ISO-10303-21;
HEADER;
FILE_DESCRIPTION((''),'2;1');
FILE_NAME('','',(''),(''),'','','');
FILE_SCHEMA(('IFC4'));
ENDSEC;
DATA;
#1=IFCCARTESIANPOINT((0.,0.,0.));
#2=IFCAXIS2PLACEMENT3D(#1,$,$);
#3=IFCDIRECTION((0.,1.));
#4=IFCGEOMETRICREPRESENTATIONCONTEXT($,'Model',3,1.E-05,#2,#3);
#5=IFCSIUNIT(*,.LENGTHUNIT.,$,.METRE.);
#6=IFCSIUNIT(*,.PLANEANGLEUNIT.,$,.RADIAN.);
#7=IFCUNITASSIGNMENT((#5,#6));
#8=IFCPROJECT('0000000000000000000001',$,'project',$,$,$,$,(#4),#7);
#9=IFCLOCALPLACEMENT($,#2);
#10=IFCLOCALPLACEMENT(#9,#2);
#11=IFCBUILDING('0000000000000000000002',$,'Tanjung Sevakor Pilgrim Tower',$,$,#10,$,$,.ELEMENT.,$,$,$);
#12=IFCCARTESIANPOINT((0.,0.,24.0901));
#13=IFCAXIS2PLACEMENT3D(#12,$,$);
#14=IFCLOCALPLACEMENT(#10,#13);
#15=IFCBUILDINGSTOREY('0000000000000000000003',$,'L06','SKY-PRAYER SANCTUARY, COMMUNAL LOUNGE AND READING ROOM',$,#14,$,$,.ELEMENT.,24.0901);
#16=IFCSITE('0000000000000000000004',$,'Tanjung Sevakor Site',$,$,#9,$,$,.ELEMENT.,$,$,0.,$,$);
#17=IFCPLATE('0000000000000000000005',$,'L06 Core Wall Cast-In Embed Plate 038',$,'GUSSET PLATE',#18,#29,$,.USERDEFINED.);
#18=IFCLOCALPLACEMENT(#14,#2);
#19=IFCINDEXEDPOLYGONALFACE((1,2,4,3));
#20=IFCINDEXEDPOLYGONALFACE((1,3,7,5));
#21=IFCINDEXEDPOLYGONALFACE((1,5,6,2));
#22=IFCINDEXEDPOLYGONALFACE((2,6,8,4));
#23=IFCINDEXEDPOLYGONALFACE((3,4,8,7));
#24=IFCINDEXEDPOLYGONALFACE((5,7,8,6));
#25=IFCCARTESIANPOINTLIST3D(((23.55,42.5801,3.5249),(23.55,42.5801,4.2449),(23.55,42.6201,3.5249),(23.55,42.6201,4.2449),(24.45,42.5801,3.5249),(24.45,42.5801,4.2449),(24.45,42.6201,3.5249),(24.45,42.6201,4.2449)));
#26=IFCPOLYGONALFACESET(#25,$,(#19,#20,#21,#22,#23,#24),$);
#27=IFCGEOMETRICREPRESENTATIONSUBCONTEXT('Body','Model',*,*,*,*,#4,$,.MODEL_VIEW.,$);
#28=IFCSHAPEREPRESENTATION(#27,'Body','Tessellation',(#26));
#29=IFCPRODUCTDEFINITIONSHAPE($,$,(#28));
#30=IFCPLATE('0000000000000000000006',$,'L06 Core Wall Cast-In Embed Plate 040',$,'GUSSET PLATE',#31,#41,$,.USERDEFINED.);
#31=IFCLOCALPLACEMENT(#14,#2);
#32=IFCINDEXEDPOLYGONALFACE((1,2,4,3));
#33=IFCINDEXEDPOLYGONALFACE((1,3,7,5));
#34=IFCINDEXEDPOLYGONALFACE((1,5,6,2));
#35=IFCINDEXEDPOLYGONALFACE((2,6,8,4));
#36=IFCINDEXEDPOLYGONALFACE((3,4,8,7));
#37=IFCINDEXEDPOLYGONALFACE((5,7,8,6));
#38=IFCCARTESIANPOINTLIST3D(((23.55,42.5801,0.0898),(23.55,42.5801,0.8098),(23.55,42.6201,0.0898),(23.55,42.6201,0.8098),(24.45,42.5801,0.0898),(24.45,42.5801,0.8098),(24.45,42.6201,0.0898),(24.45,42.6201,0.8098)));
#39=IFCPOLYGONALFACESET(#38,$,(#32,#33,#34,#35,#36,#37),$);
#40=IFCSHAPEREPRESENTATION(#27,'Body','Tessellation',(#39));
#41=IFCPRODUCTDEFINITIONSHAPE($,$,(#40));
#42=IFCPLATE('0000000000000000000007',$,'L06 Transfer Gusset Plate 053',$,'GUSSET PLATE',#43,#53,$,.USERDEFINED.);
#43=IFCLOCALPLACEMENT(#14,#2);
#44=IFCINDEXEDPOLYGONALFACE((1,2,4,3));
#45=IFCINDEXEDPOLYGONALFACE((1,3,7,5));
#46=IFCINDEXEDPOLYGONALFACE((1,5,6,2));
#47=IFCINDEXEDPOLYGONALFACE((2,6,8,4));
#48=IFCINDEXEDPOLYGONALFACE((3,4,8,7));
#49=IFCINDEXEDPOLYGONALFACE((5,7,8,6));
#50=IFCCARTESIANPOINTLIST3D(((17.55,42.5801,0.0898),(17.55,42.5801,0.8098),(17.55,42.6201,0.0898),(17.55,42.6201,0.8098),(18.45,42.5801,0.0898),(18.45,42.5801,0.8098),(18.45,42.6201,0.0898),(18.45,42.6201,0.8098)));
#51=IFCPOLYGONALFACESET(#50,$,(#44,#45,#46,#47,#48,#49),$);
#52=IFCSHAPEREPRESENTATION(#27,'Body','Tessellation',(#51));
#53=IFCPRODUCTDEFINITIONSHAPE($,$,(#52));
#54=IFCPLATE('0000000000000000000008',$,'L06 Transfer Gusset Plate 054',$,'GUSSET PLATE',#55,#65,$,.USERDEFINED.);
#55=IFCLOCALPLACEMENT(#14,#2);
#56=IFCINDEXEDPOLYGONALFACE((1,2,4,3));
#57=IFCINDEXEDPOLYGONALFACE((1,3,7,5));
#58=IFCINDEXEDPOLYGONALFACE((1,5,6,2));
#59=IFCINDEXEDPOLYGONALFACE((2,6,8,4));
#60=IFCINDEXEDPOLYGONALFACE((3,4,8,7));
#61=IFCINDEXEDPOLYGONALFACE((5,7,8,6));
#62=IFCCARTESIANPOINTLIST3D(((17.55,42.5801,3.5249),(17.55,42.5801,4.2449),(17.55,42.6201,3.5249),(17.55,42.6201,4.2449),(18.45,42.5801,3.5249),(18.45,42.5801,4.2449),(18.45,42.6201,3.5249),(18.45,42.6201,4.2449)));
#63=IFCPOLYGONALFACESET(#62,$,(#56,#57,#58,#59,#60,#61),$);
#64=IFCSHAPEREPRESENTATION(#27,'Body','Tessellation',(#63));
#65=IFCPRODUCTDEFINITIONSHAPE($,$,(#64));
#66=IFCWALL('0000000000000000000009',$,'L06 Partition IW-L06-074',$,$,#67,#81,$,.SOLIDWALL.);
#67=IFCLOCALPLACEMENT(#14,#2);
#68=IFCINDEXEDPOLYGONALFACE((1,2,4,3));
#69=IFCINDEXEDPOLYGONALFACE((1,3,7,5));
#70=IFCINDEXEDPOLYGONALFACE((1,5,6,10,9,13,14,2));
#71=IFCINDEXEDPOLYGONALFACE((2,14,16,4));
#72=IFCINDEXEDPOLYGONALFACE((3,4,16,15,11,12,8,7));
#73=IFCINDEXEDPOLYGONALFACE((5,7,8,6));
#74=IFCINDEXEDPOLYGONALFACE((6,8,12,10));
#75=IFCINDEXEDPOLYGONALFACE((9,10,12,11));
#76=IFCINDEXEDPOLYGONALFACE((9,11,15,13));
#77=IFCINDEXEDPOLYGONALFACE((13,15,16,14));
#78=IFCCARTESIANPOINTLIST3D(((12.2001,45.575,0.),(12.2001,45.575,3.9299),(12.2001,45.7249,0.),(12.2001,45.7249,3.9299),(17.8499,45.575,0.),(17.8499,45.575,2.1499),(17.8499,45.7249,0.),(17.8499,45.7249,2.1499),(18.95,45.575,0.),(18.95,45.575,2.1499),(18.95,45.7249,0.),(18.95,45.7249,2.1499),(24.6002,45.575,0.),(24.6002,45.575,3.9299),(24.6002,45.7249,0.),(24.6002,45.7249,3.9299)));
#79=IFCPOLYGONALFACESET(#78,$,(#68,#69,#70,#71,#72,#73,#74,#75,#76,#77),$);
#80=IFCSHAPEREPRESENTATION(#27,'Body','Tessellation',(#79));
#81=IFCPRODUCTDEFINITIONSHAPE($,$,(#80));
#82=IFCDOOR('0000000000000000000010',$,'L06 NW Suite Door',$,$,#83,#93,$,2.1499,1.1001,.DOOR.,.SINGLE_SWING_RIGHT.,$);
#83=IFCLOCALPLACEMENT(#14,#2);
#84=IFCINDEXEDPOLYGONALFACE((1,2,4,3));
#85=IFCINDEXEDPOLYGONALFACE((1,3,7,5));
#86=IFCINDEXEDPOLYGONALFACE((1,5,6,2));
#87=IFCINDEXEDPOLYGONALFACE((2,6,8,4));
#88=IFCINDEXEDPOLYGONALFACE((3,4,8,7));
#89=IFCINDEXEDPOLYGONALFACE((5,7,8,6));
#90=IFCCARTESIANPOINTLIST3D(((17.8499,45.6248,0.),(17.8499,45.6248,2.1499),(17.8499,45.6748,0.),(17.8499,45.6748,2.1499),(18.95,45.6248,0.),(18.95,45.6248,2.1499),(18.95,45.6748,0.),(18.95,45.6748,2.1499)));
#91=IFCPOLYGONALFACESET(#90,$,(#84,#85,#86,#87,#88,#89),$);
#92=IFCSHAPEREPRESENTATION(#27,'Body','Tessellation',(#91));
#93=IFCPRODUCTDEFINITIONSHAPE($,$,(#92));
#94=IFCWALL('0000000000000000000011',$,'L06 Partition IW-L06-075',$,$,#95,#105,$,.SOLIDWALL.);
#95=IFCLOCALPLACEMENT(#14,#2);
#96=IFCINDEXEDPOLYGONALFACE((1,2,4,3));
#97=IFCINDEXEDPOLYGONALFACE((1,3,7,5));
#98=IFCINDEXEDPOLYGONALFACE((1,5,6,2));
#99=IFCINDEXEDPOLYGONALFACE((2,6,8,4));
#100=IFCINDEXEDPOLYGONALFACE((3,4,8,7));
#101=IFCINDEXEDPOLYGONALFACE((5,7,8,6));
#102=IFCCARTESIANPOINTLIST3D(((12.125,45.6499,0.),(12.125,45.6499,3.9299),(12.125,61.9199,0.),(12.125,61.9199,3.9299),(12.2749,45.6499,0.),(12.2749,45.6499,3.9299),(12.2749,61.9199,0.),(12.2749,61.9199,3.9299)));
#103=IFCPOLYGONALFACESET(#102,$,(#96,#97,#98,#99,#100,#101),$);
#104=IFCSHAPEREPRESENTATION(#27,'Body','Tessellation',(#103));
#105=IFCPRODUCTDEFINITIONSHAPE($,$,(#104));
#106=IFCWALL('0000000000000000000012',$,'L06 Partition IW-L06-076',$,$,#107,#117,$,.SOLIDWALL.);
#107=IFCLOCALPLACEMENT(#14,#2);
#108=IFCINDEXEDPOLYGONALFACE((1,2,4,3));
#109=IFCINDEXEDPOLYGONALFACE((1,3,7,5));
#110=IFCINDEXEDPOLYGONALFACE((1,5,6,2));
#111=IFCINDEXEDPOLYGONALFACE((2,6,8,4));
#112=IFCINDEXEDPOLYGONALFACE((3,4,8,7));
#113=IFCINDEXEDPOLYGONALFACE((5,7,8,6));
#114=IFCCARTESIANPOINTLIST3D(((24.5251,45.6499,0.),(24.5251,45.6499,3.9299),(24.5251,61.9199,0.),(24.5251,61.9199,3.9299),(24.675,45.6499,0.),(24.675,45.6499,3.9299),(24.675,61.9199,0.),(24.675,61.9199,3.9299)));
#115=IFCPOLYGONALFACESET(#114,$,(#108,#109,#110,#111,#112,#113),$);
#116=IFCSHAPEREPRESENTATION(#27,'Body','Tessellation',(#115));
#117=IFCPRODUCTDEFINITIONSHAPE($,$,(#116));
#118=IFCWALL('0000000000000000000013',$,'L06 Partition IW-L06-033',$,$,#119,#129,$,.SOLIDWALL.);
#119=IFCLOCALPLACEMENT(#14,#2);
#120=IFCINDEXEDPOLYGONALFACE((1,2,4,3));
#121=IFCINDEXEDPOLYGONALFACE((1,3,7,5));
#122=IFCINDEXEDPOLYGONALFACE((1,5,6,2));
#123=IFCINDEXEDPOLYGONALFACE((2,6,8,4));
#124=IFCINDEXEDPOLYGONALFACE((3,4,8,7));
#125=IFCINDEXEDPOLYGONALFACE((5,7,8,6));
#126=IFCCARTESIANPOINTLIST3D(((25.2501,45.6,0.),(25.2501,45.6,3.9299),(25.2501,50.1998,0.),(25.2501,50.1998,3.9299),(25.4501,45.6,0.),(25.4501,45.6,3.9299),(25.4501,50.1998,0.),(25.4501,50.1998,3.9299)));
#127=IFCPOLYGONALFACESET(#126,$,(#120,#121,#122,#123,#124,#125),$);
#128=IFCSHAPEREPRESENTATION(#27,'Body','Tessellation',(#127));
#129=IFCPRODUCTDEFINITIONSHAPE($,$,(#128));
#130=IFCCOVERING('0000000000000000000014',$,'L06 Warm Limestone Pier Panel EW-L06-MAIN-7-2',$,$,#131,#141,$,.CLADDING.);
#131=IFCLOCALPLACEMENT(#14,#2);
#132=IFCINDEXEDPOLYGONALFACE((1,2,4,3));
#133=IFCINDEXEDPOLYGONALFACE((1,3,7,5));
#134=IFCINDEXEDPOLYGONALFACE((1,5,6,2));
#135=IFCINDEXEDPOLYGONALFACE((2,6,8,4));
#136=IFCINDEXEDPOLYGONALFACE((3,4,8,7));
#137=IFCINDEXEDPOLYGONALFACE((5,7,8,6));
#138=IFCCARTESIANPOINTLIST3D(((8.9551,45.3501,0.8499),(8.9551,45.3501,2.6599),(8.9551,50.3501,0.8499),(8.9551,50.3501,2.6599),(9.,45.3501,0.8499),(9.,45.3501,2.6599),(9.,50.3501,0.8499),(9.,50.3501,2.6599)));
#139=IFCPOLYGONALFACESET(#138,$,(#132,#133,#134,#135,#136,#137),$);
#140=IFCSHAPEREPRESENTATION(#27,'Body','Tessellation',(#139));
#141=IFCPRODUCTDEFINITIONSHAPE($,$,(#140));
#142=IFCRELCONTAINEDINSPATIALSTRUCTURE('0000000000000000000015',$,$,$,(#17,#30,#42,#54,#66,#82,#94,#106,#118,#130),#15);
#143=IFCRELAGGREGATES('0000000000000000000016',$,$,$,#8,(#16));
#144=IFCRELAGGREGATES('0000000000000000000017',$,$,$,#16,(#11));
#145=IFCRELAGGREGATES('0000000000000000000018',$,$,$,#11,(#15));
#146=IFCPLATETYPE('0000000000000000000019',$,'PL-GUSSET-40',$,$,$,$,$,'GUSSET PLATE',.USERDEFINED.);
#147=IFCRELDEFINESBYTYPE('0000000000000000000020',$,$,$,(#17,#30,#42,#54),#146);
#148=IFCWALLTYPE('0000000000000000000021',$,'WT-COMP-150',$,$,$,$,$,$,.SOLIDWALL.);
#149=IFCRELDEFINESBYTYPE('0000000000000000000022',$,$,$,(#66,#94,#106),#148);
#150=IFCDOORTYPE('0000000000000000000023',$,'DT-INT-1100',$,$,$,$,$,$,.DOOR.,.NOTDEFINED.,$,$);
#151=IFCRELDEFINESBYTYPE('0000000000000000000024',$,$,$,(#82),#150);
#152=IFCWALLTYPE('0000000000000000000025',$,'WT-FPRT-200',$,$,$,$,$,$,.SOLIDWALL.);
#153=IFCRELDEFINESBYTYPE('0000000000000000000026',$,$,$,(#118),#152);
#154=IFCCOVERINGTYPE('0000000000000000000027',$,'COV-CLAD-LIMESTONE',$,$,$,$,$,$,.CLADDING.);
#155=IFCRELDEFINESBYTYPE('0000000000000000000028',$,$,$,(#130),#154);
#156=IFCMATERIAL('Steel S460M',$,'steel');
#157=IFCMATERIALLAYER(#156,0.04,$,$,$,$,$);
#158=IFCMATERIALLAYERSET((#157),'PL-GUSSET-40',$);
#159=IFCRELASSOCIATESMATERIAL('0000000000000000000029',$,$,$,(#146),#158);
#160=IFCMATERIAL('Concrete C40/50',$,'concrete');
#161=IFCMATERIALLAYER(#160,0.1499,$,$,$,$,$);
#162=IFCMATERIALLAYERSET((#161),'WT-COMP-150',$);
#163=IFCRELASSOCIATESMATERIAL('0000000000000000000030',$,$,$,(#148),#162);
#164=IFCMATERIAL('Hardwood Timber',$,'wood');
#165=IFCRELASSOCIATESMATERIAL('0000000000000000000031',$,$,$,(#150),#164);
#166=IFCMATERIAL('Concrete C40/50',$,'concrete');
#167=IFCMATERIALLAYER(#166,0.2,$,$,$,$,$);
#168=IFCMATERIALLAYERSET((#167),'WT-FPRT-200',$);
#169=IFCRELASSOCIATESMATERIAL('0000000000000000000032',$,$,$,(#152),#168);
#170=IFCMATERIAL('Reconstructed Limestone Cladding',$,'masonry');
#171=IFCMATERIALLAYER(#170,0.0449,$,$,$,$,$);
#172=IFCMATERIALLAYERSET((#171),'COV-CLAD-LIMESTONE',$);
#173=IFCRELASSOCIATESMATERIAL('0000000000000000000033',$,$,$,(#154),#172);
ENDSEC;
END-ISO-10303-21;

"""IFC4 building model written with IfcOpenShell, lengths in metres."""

from ifc_helpers import new_model, si_unit, direction, frame, frame_2d, origin, origin_2d, place, context, subcontext, project, spatial, rectangle, extrude, material, layer, layer_set, type_object, element, fill, save


model = new_model("IFC4")

# Units and contexts
model_context = context("Model", 3, precision=1e-05, world=origin(), true_north=direction((0.0, 1.0)))
body_context = subcontext(model_context, "Body", "Model", "MODEL_VIEW")
ifc_project = project(units=[si_unit("LENGTHUNIT", "METRE"), si_unit("PLANEANGLEUNIT", "RADIAN")], contexts=[model_context])

# Site, building, storey
site_placement = place(None, origin())
site = spatial("IfcSite", under=ifc_project, at=site_placement, Name="Tanjung Sevakor Site", CompositionType="ELEMENT", RefElevation=0.0)
building_placement = place(site_placement, origin())
building = spatial("IfcBuilding", under=site, at=building_placement, Name="Tanjung Sevakor Pilgrim Tower", CompositionType="ELEMENT")
storey_placement = place(building_placement, frame((0.0, 0.0, 24.0901)))
storey = spatial("IfcBuildingStorey", under=building, at=storey_placement, Name="L06", Description="SKY-PRAYER SANCTUARY, COMMUNAL LOUNGE AND READING ROOM", CompositionType="ELEMENT", Elevation=24.0901)

# Plates
ifc_material_1 = material(Name="Steel S460M", Category="steel")
ifc_layer_1 = layer(ifc_material_1, 0.04)
ifc_layer_set_1 = layer_set([ifc_layer_1], Name="PL-GUSSET-40")
plate_type = type_object("IfcPlateType", Name="PL-GUSSET-40", ElementType="GUSSET PLATE", PredefinedType="USERDEFINED", material=ifc_layer_set_1)
for number, where, z_axis, x_axis, name in (
    (1, (24.0, 42.6001, 3.5249), (0.0, 0.0, 1.0), (1.0, 0.0, 0.0), "L06 Core Wall Cast-In Embed Plate 038"),
    (2, (24.0, 42.6001, 0.0898), (0.0, 0.0, 1.0), (1.0, 0.0, 0.0), "L06 Core Wall Cast-In Embed Plate 040"),
    (3, (18.0, 42.6001, 0.0898), (0.0, 0.0, 1.0), (1.0, 0.0, 0.0), "L06 Transfer Gusset Plate 053"),
    (4, (18.0, 42.6001, 3.5249), (0.0, 0.0, 1.0), (1.0, 0.0, 0.0), "L06 Transfer Gusset Plate 054"),
):
    element("IfcPlate", number, at=place(storey_placement, frame(where, z_axis=z_axis, x_axis=x_axis)), inside=storey, type_object=plate_type, Name=name, ObjectType="GUSSET PLATE", PredefinedType="USERDEFINED", context=body_context, shape_type="SweptSolid", body=[
        extrude(rectangle(XDim=0.8999, YDim=0.04, at=origin_2d()), origin(), (0.0, 0.0, 1.0), 0.72),
    ])

# Wall, opening, door
ifc_material_2 = material(Name="Concrete C40/50", Category="concrete")
ifc_layer_2 = layer(ifc_material_2, 0.1499)
ifc_layer_set_2 = layer_set([ifc_layer_2], Name="WT-COMP-150")
wall_type_1 = type_object("IfcWallType", Name="WT-COMP-150", PredefinedType="SOLIDWALL", material=ifc_layer_set_2)
wall_1_placement = place(storey_placement, frame((12.2, 45.6499, 0.0), z_axis=(0.0, 0.0, 1.0), x_axis=(1.0, 0.0, 0.0)))
wall_1 = element("IfcWall", 5, at=wall_1_placement, inside=storey, type_object=wall_type_1, Name="L06 Partition IW-L06-074", PredefinedType="SOLIDWALL", context=body_context, shape_type="SweptSolid", body=[
    extrude(rectangle(XDim=12.4001, YDim=0.1499, at=frame_2d((6.2002, 0.0))), origin(), (0.0, 0.0, 1.0), 3.9299),
])
opening_placement = place(wall_1_placement, frame((5.6499, 0.0, 0.0)))
opening = element("IfcOpeningElement", 6, at=opening_placement, cuts=wall_1, PredefinedType="OPENING", context=body_context, shape_type="SweptSolid", body=[
    extrude(rectangle(XDim=1.1001, YDim=2.1499, at=frame_2d((0.55, 1.075))), frame((0.0, 0.085, 0.0), z_axis=(0.0, -1.0, 0.0), x_axis=(1.0, 0.0, 0.0)), (0.0, 0.0, 1.0), 0.1699),
])
ifc_material_3 = material(Name="Hardwood Timber", Category="wood")
door_type = type_object("IfcDoorType", Name="DT-INT-1100", OperationType="NOTDEFINED", PredefinedType="DOOR", material=ifc_material_3)
door_placement = place(opening_placement, origin())
door = element("IfcDoor", 7, at=door_placement, inside=storey, type_object=door_type, Name="L06 NW Suite Door", OperationType="SINGLE_SWING_RIGHT", OverallHeight=2.1499, OverallWidth=1.1001, PredefinedType="DOOR", context=body_context, shape_type="SweptSolid", body=[
    extrude(rectangle(XDim=1.1001, YDim=2.1499, at=frame_2d((0.55, 1.075))), frame((0.0, 0.0249, 0.0), z_axis=(0.0, -1.0, 0.0), x_axis=(1.0, 0.0, 0.0)), (0.0, 0.0, 1.0), 0.05),
])
fill(opening, door)

# Walls
for number, where, z_axis, x_axis, name in (
    (8, (12.2, 45.6499, 0.0), (0.0, 0.0, 1.0), (0.0, 1.0, 0.0), "L06 Partition IW-L06-075"),
    (9, (24.6001, 45.6499, 0.0), (0.0, 0.0, 1.0), (0.0, 1.0, 0.0), "L06 Partition IW-L06-076"),
):
    element("IfcWall", number, at=place(storey_placement, frame(where, z_axis=z_axis, x_axis=x_axis)), inside=storey, type_object=wall_type_1, Name=name, PredefinedType="SOLIDWALL", context=body_context, shape_type="SweptSolid", body=[
        extrude(rectangle(XDim=16.27, YDim=0.1499, at=frame_2d((8.135, 0.0))), origin(), (0.0, 0.0, 1.0), 3.9299),
    ])
ifc_material_4 = material(Name="Concrete C40/50", Category="concrete")
ifc_layer_3 = layer(ifc_material_4, 0.2)
ifc_layer_set_3 = layer_set([ifc_layer_3], Name="WT-FPRT-200")
wall_type_2 = type_object("IfcWallType", Name="WT-FPRT-200", PredefinedType="SOLIDWALL", material=ifc_layer_set_3)
wall_2_placement = place(storey_placement, frame((25.3501, 45.6001, 0.0), z_axis=(0.0, 0.0, 1.0), x_axis=(0.0, 1.0, 0.0)))
element("IfcWall", 10, at=wall_2_placement, inside=storey, type_object=wall_type_2, Name="L06 Partition IW-L06-033", PredefinedType="SOLIDWALL", context=body_context, shape_type="SweptSolid", body=[
    extrude(rectangle(XDim=4.5999, YDim=0.2, at=frame_2d((2.2998, 0.0))), origin(), (0.0, 0.0, 1.0), 3.9299),
])

# Covering
ifc_material_5 = material(Name="Reconstructed Limestone Cladding", Category="masonry")
ifc_layer_4 = layer(ifc_material_5, 0.0449)
ifc_layer_set_4 = layer_set([ifc_layer_4], Name="COV-CLAD-LIMESTONE")
covering_type = type_object("IfcCoveringType", Name="COV-CLAD-LIMESTONE", PredefinedType="CLADDING", material=ifc_layer_set_4)
covering_placement = place(storey_placement, frame((8.9775, 47.8501, 0.8499), z_axis=(0.0, 0.0, 1.0), x_axis=(0.0, -1.0, 0.0)))
element("IfcCovering", 11, at=covering_placement, inside=storey, type_object=covering_type, Name="L06 Warm Limestone Pier Panel EW-L06-MAIN-7-2", PredefinedType="CLADDING", context=body_context, shape_type="SweptSolid", body=[
    extrude(rectangle(XDim=5.0, YDim=0.0449, at=origin_2d()), origin(), (0.0, 0.0, 1.0), 1.8101),
])

save(model, "model.ifc")
